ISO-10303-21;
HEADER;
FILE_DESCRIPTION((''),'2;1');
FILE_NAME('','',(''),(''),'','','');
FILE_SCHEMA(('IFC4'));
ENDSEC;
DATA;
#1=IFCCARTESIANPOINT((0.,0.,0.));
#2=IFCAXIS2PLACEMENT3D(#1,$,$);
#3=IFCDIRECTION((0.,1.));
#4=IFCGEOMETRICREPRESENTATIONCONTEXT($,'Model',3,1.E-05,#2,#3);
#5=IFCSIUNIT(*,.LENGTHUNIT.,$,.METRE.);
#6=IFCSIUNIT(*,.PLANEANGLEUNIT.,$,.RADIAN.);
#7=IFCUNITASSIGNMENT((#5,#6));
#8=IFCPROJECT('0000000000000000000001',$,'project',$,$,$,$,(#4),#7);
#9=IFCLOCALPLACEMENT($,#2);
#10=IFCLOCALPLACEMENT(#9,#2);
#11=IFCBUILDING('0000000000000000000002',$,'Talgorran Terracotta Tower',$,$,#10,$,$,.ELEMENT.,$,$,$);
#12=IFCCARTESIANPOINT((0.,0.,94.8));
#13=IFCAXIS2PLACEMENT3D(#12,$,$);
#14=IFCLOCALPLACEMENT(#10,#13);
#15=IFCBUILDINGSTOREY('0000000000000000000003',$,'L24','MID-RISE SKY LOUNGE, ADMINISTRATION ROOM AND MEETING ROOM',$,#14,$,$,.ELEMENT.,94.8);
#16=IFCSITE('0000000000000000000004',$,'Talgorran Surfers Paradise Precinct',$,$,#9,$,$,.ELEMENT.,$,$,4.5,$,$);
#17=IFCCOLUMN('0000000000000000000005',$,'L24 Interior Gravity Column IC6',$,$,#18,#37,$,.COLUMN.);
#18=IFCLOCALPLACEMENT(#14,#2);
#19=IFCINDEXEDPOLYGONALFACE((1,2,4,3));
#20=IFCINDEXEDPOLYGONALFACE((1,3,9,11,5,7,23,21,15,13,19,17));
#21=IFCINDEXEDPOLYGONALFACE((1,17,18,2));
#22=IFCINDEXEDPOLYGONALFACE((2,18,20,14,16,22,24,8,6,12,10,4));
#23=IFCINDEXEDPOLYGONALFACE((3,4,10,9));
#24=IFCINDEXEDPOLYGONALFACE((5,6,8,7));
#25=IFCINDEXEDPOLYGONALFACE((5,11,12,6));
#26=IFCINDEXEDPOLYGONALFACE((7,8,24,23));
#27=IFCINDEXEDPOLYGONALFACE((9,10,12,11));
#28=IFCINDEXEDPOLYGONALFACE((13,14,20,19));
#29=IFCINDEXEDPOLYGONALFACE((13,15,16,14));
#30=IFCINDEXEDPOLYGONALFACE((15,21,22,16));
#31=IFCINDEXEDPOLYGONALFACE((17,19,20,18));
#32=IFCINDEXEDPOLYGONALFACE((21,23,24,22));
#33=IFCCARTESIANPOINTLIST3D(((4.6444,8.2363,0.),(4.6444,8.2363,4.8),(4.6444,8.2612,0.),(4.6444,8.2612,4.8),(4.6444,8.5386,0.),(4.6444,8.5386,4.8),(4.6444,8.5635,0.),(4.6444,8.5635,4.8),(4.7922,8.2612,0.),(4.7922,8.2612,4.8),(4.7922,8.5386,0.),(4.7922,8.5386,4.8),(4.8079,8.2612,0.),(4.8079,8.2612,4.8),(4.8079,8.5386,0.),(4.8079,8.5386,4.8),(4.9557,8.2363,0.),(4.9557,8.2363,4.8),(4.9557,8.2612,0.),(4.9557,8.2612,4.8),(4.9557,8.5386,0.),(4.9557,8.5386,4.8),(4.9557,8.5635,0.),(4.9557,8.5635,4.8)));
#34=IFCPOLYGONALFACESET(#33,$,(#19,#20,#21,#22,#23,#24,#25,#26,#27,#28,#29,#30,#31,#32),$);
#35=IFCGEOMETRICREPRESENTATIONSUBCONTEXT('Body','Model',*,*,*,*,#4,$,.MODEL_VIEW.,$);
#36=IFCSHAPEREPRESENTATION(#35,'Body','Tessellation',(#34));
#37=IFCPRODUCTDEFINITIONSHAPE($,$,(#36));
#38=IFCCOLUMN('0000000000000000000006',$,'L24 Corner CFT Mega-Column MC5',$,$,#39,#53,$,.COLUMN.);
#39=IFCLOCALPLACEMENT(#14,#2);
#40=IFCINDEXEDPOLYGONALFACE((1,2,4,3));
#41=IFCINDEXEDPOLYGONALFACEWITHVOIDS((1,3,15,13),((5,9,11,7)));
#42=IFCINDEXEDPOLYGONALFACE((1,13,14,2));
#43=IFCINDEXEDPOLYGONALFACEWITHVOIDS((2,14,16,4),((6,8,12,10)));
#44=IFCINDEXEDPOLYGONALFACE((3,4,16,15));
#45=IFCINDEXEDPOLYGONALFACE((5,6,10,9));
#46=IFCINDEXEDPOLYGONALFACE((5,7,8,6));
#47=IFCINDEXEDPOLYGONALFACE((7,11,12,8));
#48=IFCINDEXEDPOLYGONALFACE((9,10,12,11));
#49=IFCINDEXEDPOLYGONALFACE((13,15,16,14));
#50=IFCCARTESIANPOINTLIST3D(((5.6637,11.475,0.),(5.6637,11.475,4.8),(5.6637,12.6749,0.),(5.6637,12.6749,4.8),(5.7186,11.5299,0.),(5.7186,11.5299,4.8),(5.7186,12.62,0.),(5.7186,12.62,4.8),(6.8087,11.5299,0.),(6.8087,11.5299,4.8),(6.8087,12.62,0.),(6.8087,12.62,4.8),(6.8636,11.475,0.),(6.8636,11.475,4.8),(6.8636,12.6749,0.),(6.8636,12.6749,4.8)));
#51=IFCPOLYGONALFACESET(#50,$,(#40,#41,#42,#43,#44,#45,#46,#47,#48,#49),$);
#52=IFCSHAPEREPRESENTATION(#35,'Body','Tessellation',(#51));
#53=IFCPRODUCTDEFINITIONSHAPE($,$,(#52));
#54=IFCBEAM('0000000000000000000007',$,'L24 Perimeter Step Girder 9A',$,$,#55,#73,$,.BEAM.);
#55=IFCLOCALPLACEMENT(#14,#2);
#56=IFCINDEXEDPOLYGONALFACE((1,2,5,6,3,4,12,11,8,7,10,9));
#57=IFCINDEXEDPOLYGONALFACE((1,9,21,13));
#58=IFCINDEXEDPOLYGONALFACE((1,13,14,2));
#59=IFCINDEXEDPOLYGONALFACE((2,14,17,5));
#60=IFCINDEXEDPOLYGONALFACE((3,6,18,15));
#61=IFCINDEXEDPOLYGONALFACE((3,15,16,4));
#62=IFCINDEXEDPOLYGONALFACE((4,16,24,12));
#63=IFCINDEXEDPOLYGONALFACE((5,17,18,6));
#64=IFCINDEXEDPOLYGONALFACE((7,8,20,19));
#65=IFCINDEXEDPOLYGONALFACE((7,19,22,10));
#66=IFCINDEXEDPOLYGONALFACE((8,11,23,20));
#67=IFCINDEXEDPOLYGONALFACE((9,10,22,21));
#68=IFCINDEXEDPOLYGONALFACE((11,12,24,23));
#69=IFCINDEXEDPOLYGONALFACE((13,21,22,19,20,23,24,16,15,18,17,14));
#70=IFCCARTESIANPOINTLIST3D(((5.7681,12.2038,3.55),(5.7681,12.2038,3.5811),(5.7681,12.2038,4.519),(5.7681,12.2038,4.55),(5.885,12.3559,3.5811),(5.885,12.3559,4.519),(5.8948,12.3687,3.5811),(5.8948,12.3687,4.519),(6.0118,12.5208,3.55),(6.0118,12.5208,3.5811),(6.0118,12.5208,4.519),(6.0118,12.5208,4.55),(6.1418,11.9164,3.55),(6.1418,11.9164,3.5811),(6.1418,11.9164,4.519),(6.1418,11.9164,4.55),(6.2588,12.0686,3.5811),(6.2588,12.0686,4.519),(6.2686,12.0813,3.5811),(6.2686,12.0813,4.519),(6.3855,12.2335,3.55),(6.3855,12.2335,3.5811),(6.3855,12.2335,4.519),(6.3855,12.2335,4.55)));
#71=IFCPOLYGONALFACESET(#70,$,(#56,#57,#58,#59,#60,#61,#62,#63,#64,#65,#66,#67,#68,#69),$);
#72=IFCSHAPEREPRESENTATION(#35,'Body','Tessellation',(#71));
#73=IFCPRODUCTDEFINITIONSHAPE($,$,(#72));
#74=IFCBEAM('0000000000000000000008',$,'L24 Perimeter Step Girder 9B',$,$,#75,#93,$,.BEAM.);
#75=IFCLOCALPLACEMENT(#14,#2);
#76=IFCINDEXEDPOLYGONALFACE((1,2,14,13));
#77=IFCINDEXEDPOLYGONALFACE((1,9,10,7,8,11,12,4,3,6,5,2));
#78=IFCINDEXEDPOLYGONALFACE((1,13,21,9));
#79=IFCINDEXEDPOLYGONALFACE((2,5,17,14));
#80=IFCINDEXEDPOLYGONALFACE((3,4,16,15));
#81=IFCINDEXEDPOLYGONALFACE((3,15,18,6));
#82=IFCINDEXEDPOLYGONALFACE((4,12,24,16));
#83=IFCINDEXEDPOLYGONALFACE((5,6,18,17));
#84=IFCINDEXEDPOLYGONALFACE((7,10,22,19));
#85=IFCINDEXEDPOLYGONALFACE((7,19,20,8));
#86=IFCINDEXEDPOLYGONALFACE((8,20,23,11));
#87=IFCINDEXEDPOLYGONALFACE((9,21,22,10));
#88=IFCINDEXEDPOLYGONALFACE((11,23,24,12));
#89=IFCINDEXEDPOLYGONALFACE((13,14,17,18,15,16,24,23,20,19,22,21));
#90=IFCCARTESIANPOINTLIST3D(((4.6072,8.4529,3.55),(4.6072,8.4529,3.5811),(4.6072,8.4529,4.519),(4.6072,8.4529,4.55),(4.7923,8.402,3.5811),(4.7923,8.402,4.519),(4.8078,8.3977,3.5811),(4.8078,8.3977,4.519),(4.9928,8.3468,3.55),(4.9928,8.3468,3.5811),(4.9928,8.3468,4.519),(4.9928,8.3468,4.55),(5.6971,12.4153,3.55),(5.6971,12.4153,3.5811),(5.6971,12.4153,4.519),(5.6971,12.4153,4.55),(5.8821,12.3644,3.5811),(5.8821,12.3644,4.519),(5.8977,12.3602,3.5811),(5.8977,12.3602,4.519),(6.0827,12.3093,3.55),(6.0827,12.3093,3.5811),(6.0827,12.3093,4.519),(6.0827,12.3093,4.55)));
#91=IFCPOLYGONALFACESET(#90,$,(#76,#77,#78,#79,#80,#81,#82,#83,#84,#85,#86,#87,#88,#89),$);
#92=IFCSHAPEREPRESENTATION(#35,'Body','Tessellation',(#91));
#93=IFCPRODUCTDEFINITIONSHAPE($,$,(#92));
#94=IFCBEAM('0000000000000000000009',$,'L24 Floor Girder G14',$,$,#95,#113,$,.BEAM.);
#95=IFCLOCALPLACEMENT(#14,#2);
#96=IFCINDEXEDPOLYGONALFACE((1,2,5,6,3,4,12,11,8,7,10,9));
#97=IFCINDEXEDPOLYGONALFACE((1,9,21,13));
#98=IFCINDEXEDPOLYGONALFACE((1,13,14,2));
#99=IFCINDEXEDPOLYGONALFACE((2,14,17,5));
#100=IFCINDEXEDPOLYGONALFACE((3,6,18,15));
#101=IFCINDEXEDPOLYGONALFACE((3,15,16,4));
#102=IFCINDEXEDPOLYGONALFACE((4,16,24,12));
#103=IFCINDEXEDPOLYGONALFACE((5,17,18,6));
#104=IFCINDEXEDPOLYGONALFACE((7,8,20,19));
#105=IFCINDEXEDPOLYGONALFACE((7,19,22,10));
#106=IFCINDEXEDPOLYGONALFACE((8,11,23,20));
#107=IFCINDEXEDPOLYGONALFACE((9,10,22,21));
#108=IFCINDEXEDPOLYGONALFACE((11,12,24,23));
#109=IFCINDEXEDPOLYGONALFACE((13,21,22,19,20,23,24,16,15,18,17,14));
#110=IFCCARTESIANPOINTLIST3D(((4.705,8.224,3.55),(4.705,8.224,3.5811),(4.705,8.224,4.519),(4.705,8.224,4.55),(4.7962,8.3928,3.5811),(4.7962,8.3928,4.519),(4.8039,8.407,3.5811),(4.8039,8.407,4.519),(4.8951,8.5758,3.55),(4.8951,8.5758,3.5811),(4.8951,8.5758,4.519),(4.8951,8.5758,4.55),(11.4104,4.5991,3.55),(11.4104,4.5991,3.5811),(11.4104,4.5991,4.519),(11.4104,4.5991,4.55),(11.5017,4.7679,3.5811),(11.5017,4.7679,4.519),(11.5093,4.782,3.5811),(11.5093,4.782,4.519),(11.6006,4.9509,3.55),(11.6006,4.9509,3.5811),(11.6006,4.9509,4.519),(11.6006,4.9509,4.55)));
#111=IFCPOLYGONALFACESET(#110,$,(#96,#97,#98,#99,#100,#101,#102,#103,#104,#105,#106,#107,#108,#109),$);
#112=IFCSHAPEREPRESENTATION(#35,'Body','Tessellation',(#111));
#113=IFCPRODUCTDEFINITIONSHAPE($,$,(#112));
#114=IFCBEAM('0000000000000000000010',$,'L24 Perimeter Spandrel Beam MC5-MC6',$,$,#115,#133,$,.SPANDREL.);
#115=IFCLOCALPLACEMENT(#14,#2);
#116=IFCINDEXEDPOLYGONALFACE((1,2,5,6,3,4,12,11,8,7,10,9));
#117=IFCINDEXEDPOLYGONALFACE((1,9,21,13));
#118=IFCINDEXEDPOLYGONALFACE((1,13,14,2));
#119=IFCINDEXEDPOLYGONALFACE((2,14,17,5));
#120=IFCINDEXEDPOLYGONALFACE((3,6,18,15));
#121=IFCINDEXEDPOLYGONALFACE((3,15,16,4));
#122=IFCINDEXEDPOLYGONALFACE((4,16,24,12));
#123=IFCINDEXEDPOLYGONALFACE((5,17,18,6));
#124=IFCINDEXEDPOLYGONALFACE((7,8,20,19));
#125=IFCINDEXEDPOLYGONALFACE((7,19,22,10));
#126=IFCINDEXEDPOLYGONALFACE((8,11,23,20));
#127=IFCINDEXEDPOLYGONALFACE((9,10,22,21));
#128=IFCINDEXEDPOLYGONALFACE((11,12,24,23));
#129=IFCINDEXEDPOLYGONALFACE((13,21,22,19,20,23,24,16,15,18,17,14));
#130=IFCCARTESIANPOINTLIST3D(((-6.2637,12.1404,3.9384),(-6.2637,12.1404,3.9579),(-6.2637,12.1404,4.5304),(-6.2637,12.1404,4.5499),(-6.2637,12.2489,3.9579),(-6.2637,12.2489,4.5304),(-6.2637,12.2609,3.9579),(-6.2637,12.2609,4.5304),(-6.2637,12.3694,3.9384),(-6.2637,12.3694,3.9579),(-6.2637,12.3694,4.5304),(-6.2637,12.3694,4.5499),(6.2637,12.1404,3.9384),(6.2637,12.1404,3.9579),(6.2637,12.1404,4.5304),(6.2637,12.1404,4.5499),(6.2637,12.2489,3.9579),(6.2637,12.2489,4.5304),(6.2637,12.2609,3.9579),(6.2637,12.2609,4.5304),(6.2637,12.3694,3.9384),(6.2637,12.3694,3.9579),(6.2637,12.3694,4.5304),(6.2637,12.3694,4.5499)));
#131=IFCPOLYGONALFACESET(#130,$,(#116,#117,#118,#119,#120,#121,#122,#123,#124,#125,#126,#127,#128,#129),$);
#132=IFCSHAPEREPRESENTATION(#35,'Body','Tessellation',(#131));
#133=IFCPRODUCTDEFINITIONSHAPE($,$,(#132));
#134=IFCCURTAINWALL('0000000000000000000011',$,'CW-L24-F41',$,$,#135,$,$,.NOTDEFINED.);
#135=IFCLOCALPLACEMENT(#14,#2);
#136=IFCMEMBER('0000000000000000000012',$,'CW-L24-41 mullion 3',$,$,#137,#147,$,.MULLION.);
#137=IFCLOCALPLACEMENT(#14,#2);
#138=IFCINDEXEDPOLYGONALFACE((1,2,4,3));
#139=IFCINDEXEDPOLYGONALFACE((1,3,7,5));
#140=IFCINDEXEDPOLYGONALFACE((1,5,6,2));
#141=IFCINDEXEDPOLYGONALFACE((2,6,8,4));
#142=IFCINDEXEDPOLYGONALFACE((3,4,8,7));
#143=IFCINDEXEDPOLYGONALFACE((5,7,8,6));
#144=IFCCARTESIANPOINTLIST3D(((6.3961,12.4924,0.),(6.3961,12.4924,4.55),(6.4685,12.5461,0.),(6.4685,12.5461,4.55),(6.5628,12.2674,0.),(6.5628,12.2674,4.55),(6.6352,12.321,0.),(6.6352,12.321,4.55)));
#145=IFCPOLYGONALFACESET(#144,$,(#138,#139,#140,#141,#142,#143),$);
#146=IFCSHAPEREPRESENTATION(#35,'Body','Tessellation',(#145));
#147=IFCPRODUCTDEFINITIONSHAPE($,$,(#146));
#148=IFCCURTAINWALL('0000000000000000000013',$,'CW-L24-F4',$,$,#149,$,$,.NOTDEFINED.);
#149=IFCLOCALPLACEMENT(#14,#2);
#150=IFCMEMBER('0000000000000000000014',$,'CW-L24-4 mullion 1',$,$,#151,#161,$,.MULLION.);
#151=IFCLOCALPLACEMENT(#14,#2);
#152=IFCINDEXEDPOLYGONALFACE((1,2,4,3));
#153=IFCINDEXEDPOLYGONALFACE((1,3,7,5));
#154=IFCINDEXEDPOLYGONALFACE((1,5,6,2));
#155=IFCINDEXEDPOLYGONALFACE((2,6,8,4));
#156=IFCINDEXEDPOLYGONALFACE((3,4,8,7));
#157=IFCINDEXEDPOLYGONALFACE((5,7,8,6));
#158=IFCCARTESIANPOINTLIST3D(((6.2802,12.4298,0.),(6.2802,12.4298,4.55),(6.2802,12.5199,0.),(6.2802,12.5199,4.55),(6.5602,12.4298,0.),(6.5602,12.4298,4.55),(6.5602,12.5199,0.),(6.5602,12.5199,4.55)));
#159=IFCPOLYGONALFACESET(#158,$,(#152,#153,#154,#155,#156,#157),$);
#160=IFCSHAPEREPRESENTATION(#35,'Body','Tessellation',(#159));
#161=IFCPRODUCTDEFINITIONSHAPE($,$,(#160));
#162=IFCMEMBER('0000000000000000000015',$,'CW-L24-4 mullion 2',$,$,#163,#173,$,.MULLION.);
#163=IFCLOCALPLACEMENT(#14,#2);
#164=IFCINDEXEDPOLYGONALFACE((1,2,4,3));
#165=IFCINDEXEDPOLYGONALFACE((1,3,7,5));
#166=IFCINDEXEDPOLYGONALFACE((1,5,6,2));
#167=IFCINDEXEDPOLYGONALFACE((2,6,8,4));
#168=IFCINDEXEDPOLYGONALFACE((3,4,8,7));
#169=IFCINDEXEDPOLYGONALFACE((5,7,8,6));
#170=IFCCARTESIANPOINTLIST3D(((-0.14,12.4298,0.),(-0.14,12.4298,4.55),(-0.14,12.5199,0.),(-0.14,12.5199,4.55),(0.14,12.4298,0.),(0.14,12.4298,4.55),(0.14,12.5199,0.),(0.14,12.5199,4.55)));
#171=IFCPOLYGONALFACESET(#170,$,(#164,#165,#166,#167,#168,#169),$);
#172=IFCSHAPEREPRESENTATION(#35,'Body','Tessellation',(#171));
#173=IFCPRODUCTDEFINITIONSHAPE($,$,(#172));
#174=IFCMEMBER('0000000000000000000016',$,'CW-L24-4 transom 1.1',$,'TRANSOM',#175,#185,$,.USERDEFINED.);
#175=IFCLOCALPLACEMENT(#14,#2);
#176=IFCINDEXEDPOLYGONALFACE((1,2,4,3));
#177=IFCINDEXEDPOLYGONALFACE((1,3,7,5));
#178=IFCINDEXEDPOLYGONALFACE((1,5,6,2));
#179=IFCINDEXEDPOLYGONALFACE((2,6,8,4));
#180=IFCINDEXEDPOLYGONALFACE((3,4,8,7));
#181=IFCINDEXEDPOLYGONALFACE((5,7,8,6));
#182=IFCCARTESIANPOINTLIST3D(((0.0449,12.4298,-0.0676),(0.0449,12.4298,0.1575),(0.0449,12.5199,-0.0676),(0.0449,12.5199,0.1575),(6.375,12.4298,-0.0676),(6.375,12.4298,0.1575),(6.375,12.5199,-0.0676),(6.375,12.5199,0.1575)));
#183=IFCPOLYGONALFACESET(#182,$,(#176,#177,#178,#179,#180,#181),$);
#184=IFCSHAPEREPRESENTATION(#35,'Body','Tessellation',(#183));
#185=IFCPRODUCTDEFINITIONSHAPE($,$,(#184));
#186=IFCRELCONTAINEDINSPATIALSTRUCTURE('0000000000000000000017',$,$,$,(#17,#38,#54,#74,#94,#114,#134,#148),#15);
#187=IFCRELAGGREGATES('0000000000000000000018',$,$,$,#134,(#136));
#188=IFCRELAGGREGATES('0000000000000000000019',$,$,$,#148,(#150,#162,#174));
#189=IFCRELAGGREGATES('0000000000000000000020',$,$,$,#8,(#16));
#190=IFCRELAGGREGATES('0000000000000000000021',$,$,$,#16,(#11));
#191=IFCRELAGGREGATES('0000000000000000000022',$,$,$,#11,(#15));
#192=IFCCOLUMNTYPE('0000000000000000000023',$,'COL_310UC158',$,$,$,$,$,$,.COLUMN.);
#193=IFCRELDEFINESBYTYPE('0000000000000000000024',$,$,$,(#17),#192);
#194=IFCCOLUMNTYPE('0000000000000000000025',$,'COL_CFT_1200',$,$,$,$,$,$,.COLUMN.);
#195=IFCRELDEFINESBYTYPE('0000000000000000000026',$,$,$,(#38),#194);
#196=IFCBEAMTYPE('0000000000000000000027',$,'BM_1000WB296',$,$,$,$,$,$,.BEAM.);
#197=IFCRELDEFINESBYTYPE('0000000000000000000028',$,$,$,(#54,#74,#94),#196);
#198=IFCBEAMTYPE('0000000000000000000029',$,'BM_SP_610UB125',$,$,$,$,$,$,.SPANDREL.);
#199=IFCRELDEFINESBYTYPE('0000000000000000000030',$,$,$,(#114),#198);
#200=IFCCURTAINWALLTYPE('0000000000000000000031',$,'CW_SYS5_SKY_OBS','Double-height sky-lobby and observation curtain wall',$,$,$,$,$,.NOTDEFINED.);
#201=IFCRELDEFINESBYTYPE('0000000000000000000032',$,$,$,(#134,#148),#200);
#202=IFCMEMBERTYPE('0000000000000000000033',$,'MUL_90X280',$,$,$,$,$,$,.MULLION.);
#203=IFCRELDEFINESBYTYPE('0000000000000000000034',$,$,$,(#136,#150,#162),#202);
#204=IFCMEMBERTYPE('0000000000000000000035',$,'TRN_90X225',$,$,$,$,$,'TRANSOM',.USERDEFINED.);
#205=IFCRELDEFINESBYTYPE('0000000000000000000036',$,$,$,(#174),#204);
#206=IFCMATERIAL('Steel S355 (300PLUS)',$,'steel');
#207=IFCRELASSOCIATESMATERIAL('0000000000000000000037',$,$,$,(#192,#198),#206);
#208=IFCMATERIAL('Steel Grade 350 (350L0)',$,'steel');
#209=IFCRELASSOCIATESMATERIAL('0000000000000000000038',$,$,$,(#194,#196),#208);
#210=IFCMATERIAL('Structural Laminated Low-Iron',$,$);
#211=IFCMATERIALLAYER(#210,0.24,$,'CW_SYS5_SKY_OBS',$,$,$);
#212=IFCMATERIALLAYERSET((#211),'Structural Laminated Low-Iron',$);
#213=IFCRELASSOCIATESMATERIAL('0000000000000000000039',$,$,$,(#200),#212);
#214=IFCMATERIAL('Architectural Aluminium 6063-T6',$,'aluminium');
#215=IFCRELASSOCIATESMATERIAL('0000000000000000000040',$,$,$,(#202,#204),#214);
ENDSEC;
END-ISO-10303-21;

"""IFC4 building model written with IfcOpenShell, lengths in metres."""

from ifc_helpers import new_model, si_unit, direction, frame, origin, origin_2d, place, context, subcontext, project, spatial, rectangle, hollow_rectangle, i_section, extrude, material, layer, layer_set, material_profile, profile_set, type_object, element, aggregate, save


model = new_model("IFC4")

# Units and contexts
model_context = context("Model", 3, precision=1e-05, world=origin(), true_north=direction((0.0, 1.0)))
body_context = subcontext(model_context, "Body", "Model", "MODEL_VIEW")
ifc_project = project(units=[si_unit("LENGTHUNIT", "METRE"), si_unit("PLANEANGLEUNIT", "RADIAN")], contexts=[model_context])

# Site, building, storey
site_placement = place(None, origin())
site = spatial("IfcSite", under=ifc_project, at=site_placement, Name="Talgorran Surfers Paradise Precinct", CompositionType="ELEMENT", RefElevation=4.5)
building_placement = place(site_placement, origin())
building = spatial("IfcBuilding", under=site, at=building_placement, Name="Talgorran Terracotta Tower", CompositionType="ELEMENT")
storey_placement = place(building_placement, frame((0.0, 0.0, 94.8)))
storey = spatial("IfcBuildingStorey", under=building, at=storey_placement, Name="L24", Description="MID-RISE SKY LOUNGE, ADMINISTRATION ROOM AND MEETING ROOM", CompositionType="ELEMENT", Elevation=94.8)

# Columns
ifc_material_1 = material(Name="Steel S355 (300PLUS)", Category="steel")
ifc_material_profile_1 = material_profile(ifc_material_1, i_section(OverallWidth=0.3113, OverallDepth=0.3271, WebThickness=0.0156, FlangeThickness=0.0249, at=origin_2d()), Name="310UC158")
ifc_profile_set_1 = profile_set([ifc_material_profile_1], Name="Steel S355 (300PLUS)")
column_type_1 = type_object("IfcColumnType", Name="COL_310UC158", PredefinedType="COLUMN", material=ifc_profile_set_1)
column_1_placement = place(storey_placement, frame((4.8, 8.3999, 0.0), z_axis=(0.0, 0.0, 1.0), x_axis=(1.0, 0.0, 0.0)))
element("IfcColumn", 1, at=column_1_placement, inside=storey, type_object=column_type_1, Name="L24 Interior Gravity Column IC6", PredefinedType="COLUMN", context=body_context, shape_type="SweptSolid", body=[
    extrude(i_section(OverallWidth=0.3113, OverallDepth=0.3271, WebThickness=0.0156, FlangeThickness=0.0249, at=origin_2d()), origin(), (0.0, 0.0, 1.0), 4.8),
])
ifc_material_2 = material(Name="Steel Grade 350 (350L0)", Category="steel")
ifc_material_profile_2 = material_profile(ifc_material_2, hollow_rectangle(XDim=1.2, YDim=1.2, WallThickness=0.0549, at=origin_2d()), Name="CFT1200X1200X55")
ifc_profile_set_2 = profile_set([ifc_material_profile_2], Name="Steel Grade 350 (350L0)")
column_type_2 = type_object("IfcColumnType", Name="COL_CFT_1200", PredefinedType="COLUMN", material=ifc_profile_set_2)
column_2_placement = place(storey_placement, frame((6.2637, 12.075, 0.0), z_axis=(0.0, 0.0, 1.0), x_axis=(1.0, 0.0, 0.0)))
element("IfcColumn", 2, at=column_2_placement, inside=storey, type_object=column_type_2, Name="L24 Corner CFT Mega-Column MC5", PredefinedType="COLUMN", context=body_context, shape_type="SweptSolid", body=[
    extrude(hollow_rectangle(XDim=1.2, YDim=1.2, WallThickness=0.0549, at=origin_2d()), origin(), (0.0, 0.0, 1.0), 4.8),
])

# Beams
ifc_material_profile_3 = material_profile(ifc_material_2, i_section(OverallWidth=0.3999, OverallDepth=1.0, WebThickness=0.0161, FlangeThickness=0.031, at=origin_2d()), Name="1000WB296")
ifc_profile_set_3 = profile_set([ifc_material_profile_3], Name="Steel Grade 350 (350L0)")
beam_type_1 = type_object("IfcBeamType", Name="BM_1000WB296", PredefinedType="BEAM", material=ifc_profile_set_3)
beam_1_placement = place(storey_placement, frame((6.2637, 12.075, 4.05), z_axis=(-0.792797, 0.609486, 0.0), x_axis=(-0.609486, -0.792797, 0.0)))
element("IfcBeam", 3, at=beam_1_placement, inside=storey, type_object=beam_type_1, Name="L24 Perimeter Step Girder 9A", PredefinedType="BEAM", context=body_context, shape_type="SweptSolid", body=[
    extrude(i_section(OverallWidth=0.3999, OverallDepth=1.0, WebThickness=0.0161, FlangeThickness=0.031, at=origin_2d()), origin(), (0.0, 0.0, 1.0), 0.4714),
])
beam_2_placement = place(storey_placement, frame((5.8899, 12.3623, 4.05), z_axis=(-0.265198, -0.964194, 0.0), x_axis=(0.964194, -0.265198, 0.0)))
element("IfcBeam", 4, at=beam_2_placement, inside=storey, type_object=beam_type_1, Name="L24 Perimeter Step Girder 9B", PredefinedType="BEAM", context=body_context, shape_type="SweptSolid", body=[
    extrude(i_section(OverallWidth=0.3999, OverallDepth=1.0, WebThickness=0.0161, FlangeThickness=0.031, at=origin_2d()), origin(), (0.0, 0.0, 1.0), 4.1096),
])
beam_3_placement = place(storey_placement, frame((4.8, 8.3999, 4.05), z_axis=(0.879686, -0.475555, 0.0), x_axis=(0.475555, 0.879686, 0.0)))
element("IfcBeam", 5, at=beam_3_placement, inside=storey, type_object=beam_type_1, Name="L24 Floor Girder G14", PredefinedType="BEAM", context=body_context, shape_type="SweptSolid", body=[
    extrude(i_section(OverallWidth=0.3999, OverallDepth=1.0, WebThickness=0.0161, FlangeThickness=0.031, at=origin_2d()), origin(), (0.0, 0.0, 1.0), 7.6226),
])
ifc_material_profile_4 = material_profile(ifc_material_1, i_section(OverallWidth=0.229, OverallDepth=0.6116, WebThickness=0.012, FlangeThickness=0.0195, at=origin_2d()), Name="610UB125")
ifc_profile_set_4 = profile_set([ifc_material_profile_4], Name="Steel S355 (300PLUS)")
beam_type_2 = type_object("IfcBeamType", Name="BM_SP_610UB125", PredefinedType="SPANDREL", material=ifc_profile_set_4)
beam_4_placement = place(storey_placement, frame((6.2637, 12.2549, 4.2441), z_axis=(-1.0, 0.0, 0.0), x_axis=(0.0, -1.0, 0.0)))
element("IfcBeam", 6, at=beam_4_placement, inside=storey, type_object=beam_type_2, Name="L24 Perimeter Spandrel Beam MC5-MC6", PredefinedType="SPANDREL", context=body_context, shape_type="SweptSolid", body=[
    extrude(i_section(OverallWidth=0.229, OverallDepth=0.6116, WebThickness=0.012, FlangeThickness=0.0195, at=origin_2d()), origin(), (0.0, 0.0, 1.0), 12.5273),
])

# Curtain wall, member
ifc_material_3 = material(Name="Structural Laminated Low-Iron")
ifc_layer_1 = layer(ifc_material_3, 0.24, Name="CW_SYS5_SKY_OBS")
ifc_layer_set_1 = layer_set([ifc_layer_1], Name="Structural Laminated Low-Iron")
curtain_wall_type = type_object("IfcCurtainWallType", Name="CW_SYS5_SKY_OBS", Description="Double-height sky-lobby and observation curtain wall", PredefinedType="NOTDEFINED", material=ifc_layer_set_1)
curtain_wall_1_placement = place(storey_placement, origin())
curtain_wall_1 = element("IfcCurtainWall", 7, at=curtain_wall_1_placement, inside=storey, type_object=curtain_wall_type, Name="CW-L24-F41", PredefinedType="NOTDEFINED")
ifc_material_4 = material(Name="Architectural Aluminium 6063-T6", Category="aluminium")
ifc_material_profile_5 = material_profile(ifc_material_4, rectangle(XDim=0.0901, YDim=0.28, at=origin_2d()), Name="CWM90X280")
ifc_profile_set_5 = profile_set([ifc_material_profile_5], Name="Architectural Aluminium 6063-T6")
member_type_1 = type_object("IfcMemberType", Name="MUL_90X280", PredefinedType="MULLION", material=ifc_profile_set_5)
member_1_placement = place(storey_placement, frame((6.5156, 12.4067, 0.0), z_axis=(0.0, 0.0, 1.0), x_axis=(-0.803597, -0.595174, 0.0)))
member_1 = element("IfcMember", 8, at=member_1_placement, type_object=member_type_1, Name="CW-L24-41 mullion 3", PredefinedType="MULLION", context=body_context, shape_type="SweptSolid", body=[
    extrude(rectangle(XDim=0.0901, YDim=0.28, at=origin_2d()), origin(), (0.0, 0.0, 1.0), 4.55),
])
aggregate(curtain_wall_1, [member_1])

# Curtain wall, members
curtain_wall_2_placement = place(storey_placement, origin())
curtain_wall_2 = element("IfcCurtainWall", 9, at=curtain_wall_2_placement, inside=storey, type_object=curtain_wall_type, Name="CW-L24-F4", PredefinedType="NOTDEFINED")
member_2_placement = place(storey_placement, frame((6.4202, 12.4749, 0.0), z_axis=(0.0, 0.0, 1.0), x_axis=(0.0, -1.0, 0.0)))
member_2 = element("IfcMember", 10, at=member_2_placement, type_object=member_type_1, Name="CW-L24-4 mullion 1", PredefinedType="MULLION", context=body_context, shape_type="SweptSolid", body=[
    extrude(rectangle(XDim=0.0901, YDim=0.28, at=origin_2d()), origin(), (0.0, 0.0, 1.0), 4.55),
])
member_3_placement = place(storey_placement, frame((0.0, 12.4749, 0.0), z_axis=(0.0, 0.0, 1.0), x_axis=(0.0, -1.0, 0.0)))
member_3 = element("IfcMember", 11, at=member_3_placement, type_object=member_type_1, Name="CW-L24-4 mullion 2", PredefinedType="MULLION", context=body_context, shape_type="SweptSolid", body=[
    extrude(rectangle(XDim=0.0901, YDim=0.28, at=origin_2d()), origin(), (0.0, 0.0, 1.0), 4.55),
])
ifc_material_profile_6 = material_profile(ifc_material_4, rectangle(XDim=0.0901, YDim=0.2251, at=origin_2d()), Name="CWT90X225")
ifc_profile_set_6 = profile_set([ifc_material_profile_6], Name="Architectural Aluminium 6063-T6")
member_type_2 = type_object("IfcMemberType", Name="TRN_90X225", ElementType="TRANSOM", PredefinedType="USERDEFINED", material=ifc_profile_set_6)
member_4_placement = place(storey_placement, frame((6.375, 12.4749, 0.0449), z_axis=(-1.0, 0.0, 0.0), x_axis=(0.0, -1.0, 0.0)))
member_4 = element("IfcMember", 12, at=member_4_placement, type_object=member_type_2, Name="CW-L24-4 transom 1.1", ObjectType="TRANSOM", PredefinedType="USERDEFINED", context=body_context, shape_type="SweptSolid", body=[
    extrude(rectangle(XDim=0.0901, YDim=0.2251, at=origin_2d()), origin(), (0.0, 0.0, 1.0), 6.3301),
])

aggregate(curtain_wall_2, [member_2, member_3, member_4])

save(model, "model.ifc")
